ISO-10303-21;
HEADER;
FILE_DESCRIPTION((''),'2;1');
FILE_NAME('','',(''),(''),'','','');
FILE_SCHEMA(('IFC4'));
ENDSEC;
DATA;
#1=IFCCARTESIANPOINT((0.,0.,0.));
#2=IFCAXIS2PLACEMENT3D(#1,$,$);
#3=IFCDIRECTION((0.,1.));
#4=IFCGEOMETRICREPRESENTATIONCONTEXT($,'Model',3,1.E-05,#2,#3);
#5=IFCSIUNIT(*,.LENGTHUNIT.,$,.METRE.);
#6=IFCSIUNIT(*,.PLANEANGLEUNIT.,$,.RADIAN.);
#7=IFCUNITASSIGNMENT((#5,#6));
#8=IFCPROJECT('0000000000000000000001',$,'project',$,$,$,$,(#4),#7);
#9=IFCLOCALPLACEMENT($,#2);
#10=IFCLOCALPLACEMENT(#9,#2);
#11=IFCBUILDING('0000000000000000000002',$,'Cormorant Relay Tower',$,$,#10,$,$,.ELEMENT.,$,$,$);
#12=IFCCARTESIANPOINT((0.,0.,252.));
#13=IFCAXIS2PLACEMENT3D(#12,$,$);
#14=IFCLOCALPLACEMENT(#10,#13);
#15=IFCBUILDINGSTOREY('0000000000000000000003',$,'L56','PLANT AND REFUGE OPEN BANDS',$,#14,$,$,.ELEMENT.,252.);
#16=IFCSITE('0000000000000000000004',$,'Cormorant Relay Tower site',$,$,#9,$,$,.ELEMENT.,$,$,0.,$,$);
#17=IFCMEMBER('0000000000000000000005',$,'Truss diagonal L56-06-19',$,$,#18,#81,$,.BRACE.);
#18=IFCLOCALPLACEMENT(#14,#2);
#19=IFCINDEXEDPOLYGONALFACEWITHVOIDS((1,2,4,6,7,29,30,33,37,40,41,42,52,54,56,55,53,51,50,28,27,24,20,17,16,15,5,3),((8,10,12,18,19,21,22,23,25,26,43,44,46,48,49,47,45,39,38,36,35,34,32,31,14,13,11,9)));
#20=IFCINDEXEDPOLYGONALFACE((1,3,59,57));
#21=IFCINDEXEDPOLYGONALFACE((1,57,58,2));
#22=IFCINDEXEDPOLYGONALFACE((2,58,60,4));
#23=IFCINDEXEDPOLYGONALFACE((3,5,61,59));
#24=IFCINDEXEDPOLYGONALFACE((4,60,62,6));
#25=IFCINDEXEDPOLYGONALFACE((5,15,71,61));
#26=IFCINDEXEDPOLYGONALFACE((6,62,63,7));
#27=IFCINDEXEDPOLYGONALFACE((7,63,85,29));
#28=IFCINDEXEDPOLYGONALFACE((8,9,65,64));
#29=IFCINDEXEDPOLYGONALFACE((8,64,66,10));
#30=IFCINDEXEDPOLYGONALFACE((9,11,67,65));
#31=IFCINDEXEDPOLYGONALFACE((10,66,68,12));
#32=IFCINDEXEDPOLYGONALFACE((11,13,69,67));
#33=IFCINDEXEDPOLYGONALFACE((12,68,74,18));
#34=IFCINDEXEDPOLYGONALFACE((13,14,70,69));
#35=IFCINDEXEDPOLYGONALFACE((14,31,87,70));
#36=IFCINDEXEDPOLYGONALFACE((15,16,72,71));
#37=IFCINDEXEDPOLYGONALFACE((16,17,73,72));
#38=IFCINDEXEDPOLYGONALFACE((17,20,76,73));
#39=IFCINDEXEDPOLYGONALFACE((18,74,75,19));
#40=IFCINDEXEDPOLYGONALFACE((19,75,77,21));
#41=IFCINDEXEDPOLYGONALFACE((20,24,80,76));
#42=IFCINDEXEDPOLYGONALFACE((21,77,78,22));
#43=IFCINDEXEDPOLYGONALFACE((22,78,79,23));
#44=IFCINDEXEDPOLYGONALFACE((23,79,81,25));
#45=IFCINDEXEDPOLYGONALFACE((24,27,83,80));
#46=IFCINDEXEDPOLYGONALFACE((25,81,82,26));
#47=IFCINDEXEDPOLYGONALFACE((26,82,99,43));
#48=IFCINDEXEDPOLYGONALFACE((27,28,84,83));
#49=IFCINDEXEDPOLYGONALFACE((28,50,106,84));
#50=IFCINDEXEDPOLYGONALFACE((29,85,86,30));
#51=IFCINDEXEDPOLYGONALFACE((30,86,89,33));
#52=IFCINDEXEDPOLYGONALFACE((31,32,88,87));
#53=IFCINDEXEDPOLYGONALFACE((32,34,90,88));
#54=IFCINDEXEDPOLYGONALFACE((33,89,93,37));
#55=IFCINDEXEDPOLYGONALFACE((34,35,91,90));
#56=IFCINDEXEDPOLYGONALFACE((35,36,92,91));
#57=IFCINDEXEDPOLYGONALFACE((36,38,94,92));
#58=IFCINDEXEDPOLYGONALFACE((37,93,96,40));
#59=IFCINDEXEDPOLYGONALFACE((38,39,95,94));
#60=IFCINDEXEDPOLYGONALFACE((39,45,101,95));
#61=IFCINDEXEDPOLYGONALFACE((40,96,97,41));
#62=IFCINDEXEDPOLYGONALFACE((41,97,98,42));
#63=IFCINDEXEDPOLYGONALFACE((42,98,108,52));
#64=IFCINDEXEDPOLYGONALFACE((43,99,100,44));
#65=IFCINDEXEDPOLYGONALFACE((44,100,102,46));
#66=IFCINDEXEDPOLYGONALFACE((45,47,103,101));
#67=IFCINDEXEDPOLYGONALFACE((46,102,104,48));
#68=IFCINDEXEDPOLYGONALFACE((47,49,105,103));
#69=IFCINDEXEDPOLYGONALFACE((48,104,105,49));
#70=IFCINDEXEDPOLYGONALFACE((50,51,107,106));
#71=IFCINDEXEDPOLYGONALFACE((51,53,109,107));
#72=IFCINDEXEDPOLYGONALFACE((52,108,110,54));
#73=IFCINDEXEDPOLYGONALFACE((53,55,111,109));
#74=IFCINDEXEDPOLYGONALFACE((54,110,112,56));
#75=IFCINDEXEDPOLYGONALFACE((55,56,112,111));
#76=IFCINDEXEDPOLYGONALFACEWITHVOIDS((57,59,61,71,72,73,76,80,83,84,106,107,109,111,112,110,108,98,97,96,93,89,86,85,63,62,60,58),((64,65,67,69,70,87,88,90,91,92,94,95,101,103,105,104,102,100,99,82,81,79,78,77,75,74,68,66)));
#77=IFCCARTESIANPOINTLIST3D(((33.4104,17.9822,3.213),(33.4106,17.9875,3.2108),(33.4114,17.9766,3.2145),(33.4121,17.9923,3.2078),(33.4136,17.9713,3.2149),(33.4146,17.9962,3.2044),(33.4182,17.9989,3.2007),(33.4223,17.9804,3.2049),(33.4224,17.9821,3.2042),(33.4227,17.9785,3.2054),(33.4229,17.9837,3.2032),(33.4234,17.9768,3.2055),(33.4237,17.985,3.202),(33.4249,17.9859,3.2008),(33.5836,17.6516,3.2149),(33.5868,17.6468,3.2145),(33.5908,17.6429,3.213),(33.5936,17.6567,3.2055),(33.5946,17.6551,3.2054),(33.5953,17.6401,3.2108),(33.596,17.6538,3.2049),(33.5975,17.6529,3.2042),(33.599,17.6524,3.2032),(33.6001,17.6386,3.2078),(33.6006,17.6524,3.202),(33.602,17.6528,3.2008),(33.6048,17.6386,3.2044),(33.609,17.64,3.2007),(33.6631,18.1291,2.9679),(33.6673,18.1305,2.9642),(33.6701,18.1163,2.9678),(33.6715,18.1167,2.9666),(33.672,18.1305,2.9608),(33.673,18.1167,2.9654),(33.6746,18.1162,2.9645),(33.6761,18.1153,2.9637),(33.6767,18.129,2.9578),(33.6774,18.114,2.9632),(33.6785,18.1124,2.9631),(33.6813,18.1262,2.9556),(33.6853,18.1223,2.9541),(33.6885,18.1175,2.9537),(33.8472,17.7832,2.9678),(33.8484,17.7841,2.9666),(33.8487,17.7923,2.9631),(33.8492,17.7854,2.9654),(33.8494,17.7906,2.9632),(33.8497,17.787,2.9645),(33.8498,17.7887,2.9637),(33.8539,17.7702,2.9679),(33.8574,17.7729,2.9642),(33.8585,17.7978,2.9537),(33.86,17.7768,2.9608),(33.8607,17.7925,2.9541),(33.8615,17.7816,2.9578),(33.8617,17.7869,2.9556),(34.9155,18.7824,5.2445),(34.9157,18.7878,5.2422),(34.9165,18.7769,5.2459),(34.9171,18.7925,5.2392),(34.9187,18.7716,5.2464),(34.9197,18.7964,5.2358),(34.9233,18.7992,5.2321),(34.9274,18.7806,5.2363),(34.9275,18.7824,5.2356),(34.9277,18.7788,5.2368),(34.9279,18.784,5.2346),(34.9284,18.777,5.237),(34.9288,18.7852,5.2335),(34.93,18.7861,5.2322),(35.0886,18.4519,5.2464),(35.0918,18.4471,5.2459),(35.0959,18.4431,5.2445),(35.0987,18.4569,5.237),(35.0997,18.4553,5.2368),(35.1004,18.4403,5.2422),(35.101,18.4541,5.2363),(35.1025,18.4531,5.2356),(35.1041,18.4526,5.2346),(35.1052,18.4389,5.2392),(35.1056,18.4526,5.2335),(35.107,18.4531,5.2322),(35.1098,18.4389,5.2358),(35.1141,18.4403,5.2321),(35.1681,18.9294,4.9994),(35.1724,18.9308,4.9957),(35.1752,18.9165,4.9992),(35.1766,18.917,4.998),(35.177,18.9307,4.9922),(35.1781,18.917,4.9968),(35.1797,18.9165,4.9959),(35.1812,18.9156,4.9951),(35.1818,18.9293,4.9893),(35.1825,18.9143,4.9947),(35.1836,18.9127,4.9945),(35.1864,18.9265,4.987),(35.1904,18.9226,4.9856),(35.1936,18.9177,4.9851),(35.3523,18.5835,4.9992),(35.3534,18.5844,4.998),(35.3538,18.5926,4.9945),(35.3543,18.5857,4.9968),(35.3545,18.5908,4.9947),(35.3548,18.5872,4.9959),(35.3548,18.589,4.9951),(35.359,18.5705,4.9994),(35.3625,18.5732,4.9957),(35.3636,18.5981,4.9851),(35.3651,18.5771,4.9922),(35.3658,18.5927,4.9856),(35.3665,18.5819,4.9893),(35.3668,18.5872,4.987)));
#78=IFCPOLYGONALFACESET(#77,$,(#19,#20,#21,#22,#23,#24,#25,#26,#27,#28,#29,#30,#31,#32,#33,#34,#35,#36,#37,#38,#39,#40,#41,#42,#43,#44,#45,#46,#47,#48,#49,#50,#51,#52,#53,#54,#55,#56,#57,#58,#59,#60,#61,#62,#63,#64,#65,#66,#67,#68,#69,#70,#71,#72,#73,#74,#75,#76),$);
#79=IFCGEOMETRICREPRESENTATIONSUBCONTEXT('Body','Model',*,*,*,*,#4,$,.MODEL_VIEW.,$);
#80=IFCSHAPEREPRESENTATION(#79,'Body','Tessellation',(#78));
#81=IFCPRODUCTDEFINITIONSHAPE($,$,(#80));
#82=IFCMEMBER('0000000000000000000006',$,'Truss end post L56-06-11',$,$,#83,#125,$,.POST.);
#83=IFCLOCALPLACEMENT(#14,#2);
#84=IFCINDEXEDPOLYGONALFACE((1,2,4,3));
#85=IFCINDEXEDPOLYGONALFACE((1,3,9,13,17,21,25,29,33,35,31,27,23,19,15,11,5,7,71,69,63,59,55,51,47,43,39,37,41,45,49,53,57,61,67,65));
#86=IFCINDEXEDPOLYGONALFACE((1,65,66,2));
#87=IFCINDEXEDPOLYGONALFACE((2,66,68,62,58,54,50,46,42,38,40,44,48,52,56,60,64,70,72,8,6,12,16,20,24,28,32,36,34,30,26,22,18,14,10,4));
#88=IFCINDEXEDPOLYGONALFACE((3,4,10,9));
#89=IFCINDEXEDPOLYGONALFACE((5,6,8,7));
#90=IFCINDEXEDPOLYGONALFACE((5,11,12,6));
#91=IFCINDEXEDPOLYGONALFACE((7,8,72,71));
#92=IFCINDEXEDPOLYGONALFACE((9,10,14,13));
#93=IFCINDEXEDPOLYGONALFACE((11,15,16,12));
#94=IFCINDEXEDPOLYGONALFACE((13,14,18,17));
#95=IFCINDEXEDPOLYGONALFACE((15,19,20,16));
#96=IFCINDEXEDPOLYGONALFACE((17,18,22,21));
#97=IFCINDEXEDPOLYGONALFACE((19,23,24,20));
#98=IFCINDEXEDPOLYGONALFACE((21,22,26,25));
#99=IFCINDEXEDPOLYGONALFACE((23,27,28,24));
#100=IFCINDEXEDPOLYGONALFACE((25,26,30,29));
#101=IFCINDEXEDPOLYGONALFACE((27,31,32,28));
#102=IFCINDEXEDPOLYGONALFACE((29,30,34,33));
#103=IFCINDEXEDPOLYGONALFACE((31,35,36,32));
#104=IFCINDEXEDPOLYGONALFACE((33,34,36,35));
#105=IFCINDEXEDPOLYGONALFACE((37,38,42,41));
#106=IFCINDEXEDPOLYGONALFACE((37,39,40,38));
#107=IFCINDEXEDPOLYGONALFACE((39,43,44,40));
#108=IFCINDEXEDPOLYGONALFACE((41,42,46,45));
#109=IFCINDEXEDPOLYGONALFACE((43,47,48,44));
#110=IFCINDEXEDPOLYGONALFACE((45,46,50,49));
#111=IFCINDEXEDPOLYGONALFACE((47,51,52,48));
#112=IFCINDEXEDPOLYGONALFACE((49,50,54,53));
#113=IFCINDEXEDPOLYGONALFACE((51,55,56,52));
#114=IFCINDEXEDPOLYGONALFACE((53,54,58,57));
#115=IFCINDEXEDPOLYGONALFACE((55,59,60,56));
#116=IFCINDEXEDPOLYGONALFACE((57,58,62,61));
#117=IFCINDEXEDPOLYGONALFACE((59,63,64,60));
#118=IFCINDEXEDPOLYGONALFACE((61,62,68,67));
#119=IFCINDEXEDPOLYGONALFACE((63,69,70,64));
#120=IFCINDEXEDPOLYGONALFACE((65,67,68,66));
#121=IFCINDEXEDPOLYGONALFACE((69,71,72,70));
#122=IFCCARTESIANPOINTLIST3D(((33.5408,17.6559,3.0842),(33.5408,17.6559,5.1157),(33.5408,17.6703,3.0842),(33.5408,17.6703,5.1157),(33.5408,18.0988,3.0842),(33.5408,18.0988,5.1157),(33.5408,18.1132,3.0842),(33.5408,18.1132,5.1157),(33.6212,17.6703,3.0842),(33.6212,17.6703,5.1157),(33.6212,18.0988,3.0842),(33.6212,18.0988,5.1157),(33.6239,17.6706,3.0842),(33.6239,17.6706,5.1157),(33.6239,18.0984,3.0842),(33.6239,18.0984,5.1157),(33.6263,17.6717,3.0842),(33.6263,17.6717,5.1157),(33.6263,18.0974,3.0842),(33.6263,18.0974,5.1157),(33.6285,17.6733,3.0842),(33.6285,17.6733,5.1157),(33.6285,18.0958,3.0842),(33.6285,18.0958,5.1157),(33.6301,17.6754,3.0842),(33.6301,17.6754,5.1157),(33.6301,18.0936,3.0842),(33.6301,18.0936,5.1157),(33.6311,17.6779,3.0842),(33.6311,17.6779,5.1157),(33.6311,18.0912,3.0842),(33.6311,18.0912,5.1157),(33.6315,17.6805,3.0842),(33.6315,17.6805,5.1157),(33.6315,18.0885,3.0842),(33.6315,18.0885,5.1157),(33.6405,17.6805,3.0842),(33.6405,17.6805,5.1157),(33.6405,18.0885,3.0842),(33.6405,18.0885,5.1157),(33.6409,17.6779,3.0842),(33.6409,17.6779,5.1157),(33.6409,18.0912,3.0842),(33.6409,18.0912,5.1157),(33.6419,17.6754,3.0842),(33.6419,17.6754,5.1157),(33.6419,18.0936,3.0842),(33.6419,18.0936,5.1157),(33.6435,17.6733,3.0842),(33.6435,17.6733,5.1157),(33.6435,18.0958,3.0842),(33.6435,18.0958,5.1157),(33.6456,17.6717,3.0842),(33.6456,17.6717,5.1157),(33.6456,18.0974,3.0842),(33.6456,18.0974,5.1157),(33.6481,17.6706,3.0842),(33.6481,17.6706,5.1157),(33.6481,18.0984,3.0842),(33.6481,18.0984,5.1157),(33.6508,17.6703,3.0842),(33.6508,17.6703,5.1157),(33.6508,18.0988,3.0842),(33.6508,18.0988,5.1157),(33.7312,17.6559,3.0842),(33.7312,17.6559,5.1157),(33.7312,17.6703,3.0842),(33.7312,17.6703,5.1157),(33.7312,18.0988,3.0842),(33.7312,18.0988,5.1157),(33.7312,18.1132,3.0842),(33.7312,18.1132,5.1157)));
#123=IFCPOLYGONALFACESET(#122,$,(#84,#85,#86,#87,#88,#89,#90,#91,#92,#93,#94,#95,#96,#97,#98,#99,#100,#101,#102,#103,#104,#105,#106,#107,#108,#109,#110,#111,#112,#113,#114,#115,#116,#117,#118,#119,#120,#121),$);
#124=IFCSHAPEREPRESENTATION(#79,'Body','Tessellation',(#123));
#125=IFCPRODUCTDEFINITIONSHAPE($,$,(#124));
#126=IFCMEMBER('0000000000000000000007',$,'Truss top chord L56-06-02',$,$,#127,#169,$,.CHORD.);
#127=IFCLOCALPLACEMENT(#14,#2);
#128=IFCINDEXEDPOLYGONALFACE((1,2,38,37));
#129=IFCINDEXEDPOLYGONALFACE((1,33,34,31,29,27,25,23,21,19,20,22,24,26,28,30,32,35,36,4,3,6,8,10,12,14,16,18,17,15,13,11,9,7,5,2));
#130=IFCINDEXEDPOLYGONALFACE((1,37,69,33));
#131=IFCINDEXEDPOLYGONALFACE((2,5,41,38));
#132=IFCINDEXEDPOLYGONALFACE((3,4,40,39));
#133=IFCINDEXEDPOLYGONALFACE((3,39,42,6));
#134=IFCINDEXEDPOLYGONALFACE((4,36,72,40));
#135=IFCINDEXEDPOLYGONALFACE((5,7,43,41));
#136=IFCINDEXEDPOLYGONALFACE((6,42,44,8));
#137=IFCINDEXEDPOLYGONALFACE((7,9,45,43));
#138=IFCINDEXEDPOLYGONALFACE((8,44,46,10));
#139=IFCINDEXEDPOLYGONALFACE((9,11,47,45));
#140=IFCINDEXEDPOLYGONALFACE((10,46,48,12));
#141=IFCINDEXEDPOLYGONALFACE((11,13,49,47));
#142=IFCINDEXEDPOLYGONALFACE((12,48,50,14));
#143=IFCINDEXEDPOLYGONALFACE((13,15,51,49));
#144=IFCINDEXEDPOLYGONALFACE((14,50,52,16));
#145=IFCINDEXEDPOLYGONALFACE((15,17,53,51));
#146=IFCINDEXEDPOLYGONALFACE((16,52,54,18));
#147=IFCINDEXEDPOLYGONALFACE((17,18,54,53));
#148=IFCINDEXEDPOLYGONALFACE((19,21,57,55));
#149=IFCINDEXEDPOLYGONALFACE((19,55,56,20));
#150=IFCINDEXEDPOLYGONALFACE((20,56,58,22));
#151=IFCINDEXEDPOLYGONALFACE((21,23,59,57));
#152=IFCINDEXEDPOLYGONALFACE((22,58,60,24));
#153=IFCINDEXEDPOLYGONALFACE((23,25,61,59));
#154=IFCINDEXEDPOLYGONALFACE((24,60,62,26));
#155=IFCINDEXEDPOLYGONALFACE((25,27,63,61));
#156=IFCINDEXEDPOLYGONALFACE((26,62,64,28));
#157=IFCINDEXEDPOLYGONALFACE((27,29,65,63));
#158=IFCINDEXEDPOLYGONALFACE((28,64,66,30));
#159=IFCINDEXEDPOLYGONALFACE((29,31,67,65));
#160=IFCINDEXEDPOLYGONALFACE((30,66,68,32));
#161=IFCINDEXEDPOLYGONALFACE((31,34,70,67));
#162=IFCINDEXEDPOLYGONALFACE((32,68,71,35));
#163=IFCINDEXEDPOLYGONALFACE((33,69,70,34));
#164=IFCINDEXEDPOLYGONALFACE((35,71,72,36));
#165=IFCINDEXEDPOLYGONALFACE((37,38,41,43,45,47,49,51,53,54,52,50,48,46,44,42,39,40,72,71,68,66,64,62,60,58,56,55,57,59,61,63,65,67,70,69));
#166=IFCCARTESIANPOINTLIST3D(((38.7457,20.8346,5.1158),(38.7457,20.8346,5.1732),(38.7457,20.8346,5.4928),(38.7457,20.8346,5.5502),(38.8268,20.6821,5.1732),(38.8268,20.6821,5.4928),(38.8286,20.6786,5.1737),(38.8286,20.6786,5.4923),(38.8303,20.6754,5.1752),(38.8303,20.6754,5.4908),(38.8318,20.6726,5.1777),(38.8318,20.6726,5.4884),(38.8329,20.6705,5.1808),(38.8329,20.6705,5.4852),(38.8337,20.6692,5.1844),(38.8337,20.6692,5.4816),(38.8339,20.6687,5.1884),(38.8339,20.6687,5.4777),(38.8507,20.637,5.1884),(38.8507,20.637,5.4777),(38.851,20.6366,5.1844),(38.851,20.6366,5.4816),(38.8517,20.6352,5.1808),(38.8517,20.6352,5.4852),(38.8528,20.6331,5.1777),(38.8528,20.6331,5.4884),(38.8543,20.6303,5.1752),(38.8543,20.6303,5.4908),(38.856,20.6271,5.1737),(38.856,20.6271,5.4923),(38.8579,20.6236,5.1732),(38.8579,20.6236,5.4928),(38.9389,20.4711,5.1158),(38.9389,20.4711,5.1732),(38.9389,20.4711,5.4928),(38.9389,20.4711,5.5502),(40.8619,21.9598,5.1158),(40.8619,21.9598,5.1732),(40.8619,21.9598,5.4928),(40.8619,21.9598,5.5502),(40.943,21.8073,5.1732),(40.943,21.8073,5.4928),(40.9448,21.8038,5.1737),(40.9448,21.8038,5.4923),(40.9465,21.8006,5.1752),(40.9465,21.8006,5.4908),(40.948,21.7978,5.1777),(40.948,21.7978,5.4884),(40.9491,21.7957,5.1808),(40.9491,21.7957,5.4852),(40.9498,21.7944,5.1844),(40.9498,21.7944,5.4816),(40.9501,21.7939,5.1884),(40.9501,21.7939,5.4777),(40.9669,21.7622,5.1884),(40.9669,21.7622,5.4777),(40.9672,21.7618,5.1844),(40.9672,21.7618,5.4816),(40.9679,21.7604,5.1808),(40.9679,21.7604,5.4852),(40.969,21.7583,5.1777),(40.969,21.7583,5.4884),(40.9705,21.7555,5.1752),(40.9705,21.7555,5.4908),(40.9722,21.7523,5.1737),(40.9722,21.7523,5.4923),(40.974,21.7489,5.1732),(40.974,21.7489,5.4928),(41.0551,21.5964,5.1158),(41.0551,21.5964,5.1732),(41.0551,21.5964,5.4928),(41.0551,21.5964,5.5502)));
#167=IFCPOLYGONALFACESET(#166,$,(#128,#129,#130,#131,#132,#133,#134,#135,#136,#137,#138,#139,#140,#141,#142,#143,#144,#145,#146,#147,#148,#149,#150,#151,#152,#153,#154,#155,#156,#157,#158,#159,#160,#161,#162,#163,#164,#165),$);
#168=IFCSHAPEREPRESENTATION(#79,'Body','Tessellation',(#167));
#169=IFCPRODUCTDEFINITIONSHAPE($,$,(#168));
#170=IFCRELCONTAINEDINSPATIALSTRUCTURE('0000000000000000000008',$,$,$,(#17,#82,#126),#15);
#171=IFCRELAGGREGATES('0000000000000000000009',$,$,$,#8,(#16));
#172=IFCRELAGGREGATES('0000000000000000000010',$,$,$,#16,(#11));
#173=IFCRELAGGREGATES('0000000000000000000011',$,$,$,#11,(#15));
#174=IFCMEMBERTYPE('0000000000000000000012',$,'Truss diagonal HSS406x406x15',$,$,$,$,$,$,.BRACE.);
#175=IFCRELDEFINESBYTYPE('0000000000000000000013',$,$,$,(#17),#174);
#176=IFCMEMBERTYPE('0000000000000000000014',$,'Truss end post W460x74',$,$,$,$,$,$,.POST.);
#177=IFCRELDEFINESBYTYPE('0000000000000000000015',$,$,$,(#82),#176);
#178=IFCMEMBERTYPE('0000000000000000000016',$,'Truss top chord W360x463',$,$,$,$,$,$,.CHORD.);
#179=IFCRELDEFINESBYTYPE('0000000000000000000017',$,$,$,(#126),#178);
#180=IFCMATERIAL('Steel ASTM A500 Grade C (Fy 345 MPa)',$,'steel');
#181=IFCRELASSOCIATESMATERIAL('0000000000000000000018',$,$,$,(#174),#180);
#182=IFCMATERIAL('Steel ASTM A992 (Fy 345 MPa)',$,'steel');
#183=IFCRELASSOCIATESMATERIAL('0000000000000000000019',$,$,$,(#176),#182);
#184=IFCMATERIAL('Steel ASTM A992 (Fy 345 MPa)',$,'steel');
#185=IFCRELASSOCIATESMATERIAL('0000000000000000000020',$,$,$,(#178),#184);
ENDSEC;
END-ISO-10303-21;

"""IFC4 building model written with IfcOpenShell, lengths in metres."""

from ifc_helpers import new_model, si_unit, direction, frame, origin, origin_2d, place, context, subcontext, project, spatial, hollow_rectangle, i_section, extrude, material, material_profile, profile_set, type_object, element, save


model = new_model("IFC4")

# Units and contexts
model_context = context("Model", 3, precision=1e-05, world=origin(), true_north=direction((0.0, 1.0)))
body_context = subcontext(model_context, "Body", "Model", "MODEL_VIEW")
ifc_project = project(units=[si_unit("LENGTHUNIT", "METRE"), si_unit("PLANEANGLEUNIT", "RADIAN")], contexts=[model_context])

# Site, building, storey
site_placement = place(None, origin())
site = spatial("IfcSite", under=ifc_project, at=site_placement, Name="Cormorant Relay Tower site", CompositionType="ELEMENT", RefElevation=0.0)
building_placement = place(site_placement, origin())
building = spatial("IfcBuilding", under=site, at=building_placement, Name="Cormorant Relay Tower", CompositionType="ELEMENT")
storey_placement = place(building_placement, frame((0.0, 0.0, 252.0)))
storey = spatial("IfcBuildingStorey", under=building, at=storey_placement, Name="L56", Description="PLANT AND REFUGE OPEN BANDS", CompositionType="ELEMENT", Elevation=252.0)

# Members
ifc_material_1 = material(Name="Steel ASTM A500 Grade C (Fy 345 MPa)", Category="steel")
ifc_material_profile_1 = material_profile(ifc_material_1, hollow_rectangle(XDim=0.4065, YDim=0.4065, WallThickness=0.0146, InnerFilletRadius=0.0073, OuterFilletRadius=0.0222, at=origin_2d()), Name="HSS406x406x15")
ifc_profile_set_1 = profile_set([ifc_material_profile_1], Name="Steel ASTM A500 Grade C (Fy 345 MPa)")
member_type_1 = type_object("IfcMemberType", Name="Truss diagonal HSS406x406x15", PredefinedType="BRACE", material=ifc_profile_set_1)
member_1_placement = place(storey_placement, frame((35.1411, 18.6848, 5.1157), z_axis=(-0.567555, -0.301775, -0.766038), x_axis=(0.469473, -0.882947, 0.0)))
element("IfcMember", 1, at=member_1_placement, inside=storey, type_object=member_type_1, Name="Truss diagonal L56-06-19", PredefinedType="BRACE", context=body_context, shape_type="SweptSolid", body=[
    extrude(hollow_rectangle(XDim=0.4065, YDim=0.4065, WallThickness=0.0146, InnerFilletRadius=0.0073, OuterFilletRadius=0.0222, at=origin_2d()), origin(), (0.0, 0.0, 1.0), 2.6519),
])
ifc_material_2 = material(Name="Steel ASTM A992 (Fy 345 MPa)", Category="steel")
ifc_material_profile_2 = material_profile(ifc_material_2, i_section(OverallWidth=0.1904, OverallDepth=0.4573, WebThickness=0.009, FlangeThickness=0.0144, FilletRadius=0.0103, at=origin_2d()), Name="W460x74")
ifc_profile_set_2 = profile_set([ifc_material_profile_2], Name="Steel ASTM A992 (Fy 345 MPa)")
member_type_2 = type_object("IfcMemberType", Name="Truss end post W460x74", PredefinedType="POST", material=ifc_profile_set_2)
member_2_placement = place(storey_placement, frame((33.636, 17.8845, 3.0842), z_axis=(0.0, 0.0, 1.0), x_axis=(1.0, 0.0, 0.0)))
element("IfcMember", 2, at=member_2_placement, inside=storey, type_object=member_type_2, Name="Truss end post L56-06-11", PredefinedType="POST", context=body_context, shape_type="SweptSolid", body=[
    extrude(i_section(OverallWidth=0.1904, OverallDepth=0.4573, WebThickness=0.009, FlangeThickness=0.0144, FilletRadius=0.0103, at=origin_2d()), origin(), (0.0, 0.0, 1.0), 2.0315),
])
ifc_material_3 = material(Name="Steel ASTM A992 (Fy 345 MPa)", Category="steel")
ifc_material_profile_3 = material_profile(ifc_material_3, i_section(OverallWidth=0.4116, OverallDepth=0.4343, WebThickness=0.0359, FlangeThickness=0.0574, FilletRadius=0.0151, at=origin_2d()), Name="W360x463")
ifc_profile_set_3 = profile_set([ifc_material_profile_3], Name="Steel ASTM A992 (Fy 345 MPa)")
member_type_3 = type_object("IfcMemberType", Name="Truss top chord W360x463", PredefinedType="CHORD", material=ifc_profile_set_3)
member_3_placement = place(storey_placement, frame((40.9585, 21.7781, 5.333), z_axis=(-0.882942, -0.469483, 0.0), x_axis=(0.469483, -0.882942, 0.0)))
element("IfcMember", 3, at=member_3_placement, inside=storey, type_object=member_type_3, Name="Truss top chord L56-06-02", PredefinedType="CHORD", context=body_context, shape_type="SweptSolid", body=[
    extrude(i_section(OverallWidth=0.4116, OverallDepth=0.4343, WebThickness=0.0359, FlangeThickness=0.0574, FilletRadius=0.0151, at=origin_2d()), origin(), (0.0, 0.0, 1.0), 2.3967),
])

save(model, "model.ifc")
